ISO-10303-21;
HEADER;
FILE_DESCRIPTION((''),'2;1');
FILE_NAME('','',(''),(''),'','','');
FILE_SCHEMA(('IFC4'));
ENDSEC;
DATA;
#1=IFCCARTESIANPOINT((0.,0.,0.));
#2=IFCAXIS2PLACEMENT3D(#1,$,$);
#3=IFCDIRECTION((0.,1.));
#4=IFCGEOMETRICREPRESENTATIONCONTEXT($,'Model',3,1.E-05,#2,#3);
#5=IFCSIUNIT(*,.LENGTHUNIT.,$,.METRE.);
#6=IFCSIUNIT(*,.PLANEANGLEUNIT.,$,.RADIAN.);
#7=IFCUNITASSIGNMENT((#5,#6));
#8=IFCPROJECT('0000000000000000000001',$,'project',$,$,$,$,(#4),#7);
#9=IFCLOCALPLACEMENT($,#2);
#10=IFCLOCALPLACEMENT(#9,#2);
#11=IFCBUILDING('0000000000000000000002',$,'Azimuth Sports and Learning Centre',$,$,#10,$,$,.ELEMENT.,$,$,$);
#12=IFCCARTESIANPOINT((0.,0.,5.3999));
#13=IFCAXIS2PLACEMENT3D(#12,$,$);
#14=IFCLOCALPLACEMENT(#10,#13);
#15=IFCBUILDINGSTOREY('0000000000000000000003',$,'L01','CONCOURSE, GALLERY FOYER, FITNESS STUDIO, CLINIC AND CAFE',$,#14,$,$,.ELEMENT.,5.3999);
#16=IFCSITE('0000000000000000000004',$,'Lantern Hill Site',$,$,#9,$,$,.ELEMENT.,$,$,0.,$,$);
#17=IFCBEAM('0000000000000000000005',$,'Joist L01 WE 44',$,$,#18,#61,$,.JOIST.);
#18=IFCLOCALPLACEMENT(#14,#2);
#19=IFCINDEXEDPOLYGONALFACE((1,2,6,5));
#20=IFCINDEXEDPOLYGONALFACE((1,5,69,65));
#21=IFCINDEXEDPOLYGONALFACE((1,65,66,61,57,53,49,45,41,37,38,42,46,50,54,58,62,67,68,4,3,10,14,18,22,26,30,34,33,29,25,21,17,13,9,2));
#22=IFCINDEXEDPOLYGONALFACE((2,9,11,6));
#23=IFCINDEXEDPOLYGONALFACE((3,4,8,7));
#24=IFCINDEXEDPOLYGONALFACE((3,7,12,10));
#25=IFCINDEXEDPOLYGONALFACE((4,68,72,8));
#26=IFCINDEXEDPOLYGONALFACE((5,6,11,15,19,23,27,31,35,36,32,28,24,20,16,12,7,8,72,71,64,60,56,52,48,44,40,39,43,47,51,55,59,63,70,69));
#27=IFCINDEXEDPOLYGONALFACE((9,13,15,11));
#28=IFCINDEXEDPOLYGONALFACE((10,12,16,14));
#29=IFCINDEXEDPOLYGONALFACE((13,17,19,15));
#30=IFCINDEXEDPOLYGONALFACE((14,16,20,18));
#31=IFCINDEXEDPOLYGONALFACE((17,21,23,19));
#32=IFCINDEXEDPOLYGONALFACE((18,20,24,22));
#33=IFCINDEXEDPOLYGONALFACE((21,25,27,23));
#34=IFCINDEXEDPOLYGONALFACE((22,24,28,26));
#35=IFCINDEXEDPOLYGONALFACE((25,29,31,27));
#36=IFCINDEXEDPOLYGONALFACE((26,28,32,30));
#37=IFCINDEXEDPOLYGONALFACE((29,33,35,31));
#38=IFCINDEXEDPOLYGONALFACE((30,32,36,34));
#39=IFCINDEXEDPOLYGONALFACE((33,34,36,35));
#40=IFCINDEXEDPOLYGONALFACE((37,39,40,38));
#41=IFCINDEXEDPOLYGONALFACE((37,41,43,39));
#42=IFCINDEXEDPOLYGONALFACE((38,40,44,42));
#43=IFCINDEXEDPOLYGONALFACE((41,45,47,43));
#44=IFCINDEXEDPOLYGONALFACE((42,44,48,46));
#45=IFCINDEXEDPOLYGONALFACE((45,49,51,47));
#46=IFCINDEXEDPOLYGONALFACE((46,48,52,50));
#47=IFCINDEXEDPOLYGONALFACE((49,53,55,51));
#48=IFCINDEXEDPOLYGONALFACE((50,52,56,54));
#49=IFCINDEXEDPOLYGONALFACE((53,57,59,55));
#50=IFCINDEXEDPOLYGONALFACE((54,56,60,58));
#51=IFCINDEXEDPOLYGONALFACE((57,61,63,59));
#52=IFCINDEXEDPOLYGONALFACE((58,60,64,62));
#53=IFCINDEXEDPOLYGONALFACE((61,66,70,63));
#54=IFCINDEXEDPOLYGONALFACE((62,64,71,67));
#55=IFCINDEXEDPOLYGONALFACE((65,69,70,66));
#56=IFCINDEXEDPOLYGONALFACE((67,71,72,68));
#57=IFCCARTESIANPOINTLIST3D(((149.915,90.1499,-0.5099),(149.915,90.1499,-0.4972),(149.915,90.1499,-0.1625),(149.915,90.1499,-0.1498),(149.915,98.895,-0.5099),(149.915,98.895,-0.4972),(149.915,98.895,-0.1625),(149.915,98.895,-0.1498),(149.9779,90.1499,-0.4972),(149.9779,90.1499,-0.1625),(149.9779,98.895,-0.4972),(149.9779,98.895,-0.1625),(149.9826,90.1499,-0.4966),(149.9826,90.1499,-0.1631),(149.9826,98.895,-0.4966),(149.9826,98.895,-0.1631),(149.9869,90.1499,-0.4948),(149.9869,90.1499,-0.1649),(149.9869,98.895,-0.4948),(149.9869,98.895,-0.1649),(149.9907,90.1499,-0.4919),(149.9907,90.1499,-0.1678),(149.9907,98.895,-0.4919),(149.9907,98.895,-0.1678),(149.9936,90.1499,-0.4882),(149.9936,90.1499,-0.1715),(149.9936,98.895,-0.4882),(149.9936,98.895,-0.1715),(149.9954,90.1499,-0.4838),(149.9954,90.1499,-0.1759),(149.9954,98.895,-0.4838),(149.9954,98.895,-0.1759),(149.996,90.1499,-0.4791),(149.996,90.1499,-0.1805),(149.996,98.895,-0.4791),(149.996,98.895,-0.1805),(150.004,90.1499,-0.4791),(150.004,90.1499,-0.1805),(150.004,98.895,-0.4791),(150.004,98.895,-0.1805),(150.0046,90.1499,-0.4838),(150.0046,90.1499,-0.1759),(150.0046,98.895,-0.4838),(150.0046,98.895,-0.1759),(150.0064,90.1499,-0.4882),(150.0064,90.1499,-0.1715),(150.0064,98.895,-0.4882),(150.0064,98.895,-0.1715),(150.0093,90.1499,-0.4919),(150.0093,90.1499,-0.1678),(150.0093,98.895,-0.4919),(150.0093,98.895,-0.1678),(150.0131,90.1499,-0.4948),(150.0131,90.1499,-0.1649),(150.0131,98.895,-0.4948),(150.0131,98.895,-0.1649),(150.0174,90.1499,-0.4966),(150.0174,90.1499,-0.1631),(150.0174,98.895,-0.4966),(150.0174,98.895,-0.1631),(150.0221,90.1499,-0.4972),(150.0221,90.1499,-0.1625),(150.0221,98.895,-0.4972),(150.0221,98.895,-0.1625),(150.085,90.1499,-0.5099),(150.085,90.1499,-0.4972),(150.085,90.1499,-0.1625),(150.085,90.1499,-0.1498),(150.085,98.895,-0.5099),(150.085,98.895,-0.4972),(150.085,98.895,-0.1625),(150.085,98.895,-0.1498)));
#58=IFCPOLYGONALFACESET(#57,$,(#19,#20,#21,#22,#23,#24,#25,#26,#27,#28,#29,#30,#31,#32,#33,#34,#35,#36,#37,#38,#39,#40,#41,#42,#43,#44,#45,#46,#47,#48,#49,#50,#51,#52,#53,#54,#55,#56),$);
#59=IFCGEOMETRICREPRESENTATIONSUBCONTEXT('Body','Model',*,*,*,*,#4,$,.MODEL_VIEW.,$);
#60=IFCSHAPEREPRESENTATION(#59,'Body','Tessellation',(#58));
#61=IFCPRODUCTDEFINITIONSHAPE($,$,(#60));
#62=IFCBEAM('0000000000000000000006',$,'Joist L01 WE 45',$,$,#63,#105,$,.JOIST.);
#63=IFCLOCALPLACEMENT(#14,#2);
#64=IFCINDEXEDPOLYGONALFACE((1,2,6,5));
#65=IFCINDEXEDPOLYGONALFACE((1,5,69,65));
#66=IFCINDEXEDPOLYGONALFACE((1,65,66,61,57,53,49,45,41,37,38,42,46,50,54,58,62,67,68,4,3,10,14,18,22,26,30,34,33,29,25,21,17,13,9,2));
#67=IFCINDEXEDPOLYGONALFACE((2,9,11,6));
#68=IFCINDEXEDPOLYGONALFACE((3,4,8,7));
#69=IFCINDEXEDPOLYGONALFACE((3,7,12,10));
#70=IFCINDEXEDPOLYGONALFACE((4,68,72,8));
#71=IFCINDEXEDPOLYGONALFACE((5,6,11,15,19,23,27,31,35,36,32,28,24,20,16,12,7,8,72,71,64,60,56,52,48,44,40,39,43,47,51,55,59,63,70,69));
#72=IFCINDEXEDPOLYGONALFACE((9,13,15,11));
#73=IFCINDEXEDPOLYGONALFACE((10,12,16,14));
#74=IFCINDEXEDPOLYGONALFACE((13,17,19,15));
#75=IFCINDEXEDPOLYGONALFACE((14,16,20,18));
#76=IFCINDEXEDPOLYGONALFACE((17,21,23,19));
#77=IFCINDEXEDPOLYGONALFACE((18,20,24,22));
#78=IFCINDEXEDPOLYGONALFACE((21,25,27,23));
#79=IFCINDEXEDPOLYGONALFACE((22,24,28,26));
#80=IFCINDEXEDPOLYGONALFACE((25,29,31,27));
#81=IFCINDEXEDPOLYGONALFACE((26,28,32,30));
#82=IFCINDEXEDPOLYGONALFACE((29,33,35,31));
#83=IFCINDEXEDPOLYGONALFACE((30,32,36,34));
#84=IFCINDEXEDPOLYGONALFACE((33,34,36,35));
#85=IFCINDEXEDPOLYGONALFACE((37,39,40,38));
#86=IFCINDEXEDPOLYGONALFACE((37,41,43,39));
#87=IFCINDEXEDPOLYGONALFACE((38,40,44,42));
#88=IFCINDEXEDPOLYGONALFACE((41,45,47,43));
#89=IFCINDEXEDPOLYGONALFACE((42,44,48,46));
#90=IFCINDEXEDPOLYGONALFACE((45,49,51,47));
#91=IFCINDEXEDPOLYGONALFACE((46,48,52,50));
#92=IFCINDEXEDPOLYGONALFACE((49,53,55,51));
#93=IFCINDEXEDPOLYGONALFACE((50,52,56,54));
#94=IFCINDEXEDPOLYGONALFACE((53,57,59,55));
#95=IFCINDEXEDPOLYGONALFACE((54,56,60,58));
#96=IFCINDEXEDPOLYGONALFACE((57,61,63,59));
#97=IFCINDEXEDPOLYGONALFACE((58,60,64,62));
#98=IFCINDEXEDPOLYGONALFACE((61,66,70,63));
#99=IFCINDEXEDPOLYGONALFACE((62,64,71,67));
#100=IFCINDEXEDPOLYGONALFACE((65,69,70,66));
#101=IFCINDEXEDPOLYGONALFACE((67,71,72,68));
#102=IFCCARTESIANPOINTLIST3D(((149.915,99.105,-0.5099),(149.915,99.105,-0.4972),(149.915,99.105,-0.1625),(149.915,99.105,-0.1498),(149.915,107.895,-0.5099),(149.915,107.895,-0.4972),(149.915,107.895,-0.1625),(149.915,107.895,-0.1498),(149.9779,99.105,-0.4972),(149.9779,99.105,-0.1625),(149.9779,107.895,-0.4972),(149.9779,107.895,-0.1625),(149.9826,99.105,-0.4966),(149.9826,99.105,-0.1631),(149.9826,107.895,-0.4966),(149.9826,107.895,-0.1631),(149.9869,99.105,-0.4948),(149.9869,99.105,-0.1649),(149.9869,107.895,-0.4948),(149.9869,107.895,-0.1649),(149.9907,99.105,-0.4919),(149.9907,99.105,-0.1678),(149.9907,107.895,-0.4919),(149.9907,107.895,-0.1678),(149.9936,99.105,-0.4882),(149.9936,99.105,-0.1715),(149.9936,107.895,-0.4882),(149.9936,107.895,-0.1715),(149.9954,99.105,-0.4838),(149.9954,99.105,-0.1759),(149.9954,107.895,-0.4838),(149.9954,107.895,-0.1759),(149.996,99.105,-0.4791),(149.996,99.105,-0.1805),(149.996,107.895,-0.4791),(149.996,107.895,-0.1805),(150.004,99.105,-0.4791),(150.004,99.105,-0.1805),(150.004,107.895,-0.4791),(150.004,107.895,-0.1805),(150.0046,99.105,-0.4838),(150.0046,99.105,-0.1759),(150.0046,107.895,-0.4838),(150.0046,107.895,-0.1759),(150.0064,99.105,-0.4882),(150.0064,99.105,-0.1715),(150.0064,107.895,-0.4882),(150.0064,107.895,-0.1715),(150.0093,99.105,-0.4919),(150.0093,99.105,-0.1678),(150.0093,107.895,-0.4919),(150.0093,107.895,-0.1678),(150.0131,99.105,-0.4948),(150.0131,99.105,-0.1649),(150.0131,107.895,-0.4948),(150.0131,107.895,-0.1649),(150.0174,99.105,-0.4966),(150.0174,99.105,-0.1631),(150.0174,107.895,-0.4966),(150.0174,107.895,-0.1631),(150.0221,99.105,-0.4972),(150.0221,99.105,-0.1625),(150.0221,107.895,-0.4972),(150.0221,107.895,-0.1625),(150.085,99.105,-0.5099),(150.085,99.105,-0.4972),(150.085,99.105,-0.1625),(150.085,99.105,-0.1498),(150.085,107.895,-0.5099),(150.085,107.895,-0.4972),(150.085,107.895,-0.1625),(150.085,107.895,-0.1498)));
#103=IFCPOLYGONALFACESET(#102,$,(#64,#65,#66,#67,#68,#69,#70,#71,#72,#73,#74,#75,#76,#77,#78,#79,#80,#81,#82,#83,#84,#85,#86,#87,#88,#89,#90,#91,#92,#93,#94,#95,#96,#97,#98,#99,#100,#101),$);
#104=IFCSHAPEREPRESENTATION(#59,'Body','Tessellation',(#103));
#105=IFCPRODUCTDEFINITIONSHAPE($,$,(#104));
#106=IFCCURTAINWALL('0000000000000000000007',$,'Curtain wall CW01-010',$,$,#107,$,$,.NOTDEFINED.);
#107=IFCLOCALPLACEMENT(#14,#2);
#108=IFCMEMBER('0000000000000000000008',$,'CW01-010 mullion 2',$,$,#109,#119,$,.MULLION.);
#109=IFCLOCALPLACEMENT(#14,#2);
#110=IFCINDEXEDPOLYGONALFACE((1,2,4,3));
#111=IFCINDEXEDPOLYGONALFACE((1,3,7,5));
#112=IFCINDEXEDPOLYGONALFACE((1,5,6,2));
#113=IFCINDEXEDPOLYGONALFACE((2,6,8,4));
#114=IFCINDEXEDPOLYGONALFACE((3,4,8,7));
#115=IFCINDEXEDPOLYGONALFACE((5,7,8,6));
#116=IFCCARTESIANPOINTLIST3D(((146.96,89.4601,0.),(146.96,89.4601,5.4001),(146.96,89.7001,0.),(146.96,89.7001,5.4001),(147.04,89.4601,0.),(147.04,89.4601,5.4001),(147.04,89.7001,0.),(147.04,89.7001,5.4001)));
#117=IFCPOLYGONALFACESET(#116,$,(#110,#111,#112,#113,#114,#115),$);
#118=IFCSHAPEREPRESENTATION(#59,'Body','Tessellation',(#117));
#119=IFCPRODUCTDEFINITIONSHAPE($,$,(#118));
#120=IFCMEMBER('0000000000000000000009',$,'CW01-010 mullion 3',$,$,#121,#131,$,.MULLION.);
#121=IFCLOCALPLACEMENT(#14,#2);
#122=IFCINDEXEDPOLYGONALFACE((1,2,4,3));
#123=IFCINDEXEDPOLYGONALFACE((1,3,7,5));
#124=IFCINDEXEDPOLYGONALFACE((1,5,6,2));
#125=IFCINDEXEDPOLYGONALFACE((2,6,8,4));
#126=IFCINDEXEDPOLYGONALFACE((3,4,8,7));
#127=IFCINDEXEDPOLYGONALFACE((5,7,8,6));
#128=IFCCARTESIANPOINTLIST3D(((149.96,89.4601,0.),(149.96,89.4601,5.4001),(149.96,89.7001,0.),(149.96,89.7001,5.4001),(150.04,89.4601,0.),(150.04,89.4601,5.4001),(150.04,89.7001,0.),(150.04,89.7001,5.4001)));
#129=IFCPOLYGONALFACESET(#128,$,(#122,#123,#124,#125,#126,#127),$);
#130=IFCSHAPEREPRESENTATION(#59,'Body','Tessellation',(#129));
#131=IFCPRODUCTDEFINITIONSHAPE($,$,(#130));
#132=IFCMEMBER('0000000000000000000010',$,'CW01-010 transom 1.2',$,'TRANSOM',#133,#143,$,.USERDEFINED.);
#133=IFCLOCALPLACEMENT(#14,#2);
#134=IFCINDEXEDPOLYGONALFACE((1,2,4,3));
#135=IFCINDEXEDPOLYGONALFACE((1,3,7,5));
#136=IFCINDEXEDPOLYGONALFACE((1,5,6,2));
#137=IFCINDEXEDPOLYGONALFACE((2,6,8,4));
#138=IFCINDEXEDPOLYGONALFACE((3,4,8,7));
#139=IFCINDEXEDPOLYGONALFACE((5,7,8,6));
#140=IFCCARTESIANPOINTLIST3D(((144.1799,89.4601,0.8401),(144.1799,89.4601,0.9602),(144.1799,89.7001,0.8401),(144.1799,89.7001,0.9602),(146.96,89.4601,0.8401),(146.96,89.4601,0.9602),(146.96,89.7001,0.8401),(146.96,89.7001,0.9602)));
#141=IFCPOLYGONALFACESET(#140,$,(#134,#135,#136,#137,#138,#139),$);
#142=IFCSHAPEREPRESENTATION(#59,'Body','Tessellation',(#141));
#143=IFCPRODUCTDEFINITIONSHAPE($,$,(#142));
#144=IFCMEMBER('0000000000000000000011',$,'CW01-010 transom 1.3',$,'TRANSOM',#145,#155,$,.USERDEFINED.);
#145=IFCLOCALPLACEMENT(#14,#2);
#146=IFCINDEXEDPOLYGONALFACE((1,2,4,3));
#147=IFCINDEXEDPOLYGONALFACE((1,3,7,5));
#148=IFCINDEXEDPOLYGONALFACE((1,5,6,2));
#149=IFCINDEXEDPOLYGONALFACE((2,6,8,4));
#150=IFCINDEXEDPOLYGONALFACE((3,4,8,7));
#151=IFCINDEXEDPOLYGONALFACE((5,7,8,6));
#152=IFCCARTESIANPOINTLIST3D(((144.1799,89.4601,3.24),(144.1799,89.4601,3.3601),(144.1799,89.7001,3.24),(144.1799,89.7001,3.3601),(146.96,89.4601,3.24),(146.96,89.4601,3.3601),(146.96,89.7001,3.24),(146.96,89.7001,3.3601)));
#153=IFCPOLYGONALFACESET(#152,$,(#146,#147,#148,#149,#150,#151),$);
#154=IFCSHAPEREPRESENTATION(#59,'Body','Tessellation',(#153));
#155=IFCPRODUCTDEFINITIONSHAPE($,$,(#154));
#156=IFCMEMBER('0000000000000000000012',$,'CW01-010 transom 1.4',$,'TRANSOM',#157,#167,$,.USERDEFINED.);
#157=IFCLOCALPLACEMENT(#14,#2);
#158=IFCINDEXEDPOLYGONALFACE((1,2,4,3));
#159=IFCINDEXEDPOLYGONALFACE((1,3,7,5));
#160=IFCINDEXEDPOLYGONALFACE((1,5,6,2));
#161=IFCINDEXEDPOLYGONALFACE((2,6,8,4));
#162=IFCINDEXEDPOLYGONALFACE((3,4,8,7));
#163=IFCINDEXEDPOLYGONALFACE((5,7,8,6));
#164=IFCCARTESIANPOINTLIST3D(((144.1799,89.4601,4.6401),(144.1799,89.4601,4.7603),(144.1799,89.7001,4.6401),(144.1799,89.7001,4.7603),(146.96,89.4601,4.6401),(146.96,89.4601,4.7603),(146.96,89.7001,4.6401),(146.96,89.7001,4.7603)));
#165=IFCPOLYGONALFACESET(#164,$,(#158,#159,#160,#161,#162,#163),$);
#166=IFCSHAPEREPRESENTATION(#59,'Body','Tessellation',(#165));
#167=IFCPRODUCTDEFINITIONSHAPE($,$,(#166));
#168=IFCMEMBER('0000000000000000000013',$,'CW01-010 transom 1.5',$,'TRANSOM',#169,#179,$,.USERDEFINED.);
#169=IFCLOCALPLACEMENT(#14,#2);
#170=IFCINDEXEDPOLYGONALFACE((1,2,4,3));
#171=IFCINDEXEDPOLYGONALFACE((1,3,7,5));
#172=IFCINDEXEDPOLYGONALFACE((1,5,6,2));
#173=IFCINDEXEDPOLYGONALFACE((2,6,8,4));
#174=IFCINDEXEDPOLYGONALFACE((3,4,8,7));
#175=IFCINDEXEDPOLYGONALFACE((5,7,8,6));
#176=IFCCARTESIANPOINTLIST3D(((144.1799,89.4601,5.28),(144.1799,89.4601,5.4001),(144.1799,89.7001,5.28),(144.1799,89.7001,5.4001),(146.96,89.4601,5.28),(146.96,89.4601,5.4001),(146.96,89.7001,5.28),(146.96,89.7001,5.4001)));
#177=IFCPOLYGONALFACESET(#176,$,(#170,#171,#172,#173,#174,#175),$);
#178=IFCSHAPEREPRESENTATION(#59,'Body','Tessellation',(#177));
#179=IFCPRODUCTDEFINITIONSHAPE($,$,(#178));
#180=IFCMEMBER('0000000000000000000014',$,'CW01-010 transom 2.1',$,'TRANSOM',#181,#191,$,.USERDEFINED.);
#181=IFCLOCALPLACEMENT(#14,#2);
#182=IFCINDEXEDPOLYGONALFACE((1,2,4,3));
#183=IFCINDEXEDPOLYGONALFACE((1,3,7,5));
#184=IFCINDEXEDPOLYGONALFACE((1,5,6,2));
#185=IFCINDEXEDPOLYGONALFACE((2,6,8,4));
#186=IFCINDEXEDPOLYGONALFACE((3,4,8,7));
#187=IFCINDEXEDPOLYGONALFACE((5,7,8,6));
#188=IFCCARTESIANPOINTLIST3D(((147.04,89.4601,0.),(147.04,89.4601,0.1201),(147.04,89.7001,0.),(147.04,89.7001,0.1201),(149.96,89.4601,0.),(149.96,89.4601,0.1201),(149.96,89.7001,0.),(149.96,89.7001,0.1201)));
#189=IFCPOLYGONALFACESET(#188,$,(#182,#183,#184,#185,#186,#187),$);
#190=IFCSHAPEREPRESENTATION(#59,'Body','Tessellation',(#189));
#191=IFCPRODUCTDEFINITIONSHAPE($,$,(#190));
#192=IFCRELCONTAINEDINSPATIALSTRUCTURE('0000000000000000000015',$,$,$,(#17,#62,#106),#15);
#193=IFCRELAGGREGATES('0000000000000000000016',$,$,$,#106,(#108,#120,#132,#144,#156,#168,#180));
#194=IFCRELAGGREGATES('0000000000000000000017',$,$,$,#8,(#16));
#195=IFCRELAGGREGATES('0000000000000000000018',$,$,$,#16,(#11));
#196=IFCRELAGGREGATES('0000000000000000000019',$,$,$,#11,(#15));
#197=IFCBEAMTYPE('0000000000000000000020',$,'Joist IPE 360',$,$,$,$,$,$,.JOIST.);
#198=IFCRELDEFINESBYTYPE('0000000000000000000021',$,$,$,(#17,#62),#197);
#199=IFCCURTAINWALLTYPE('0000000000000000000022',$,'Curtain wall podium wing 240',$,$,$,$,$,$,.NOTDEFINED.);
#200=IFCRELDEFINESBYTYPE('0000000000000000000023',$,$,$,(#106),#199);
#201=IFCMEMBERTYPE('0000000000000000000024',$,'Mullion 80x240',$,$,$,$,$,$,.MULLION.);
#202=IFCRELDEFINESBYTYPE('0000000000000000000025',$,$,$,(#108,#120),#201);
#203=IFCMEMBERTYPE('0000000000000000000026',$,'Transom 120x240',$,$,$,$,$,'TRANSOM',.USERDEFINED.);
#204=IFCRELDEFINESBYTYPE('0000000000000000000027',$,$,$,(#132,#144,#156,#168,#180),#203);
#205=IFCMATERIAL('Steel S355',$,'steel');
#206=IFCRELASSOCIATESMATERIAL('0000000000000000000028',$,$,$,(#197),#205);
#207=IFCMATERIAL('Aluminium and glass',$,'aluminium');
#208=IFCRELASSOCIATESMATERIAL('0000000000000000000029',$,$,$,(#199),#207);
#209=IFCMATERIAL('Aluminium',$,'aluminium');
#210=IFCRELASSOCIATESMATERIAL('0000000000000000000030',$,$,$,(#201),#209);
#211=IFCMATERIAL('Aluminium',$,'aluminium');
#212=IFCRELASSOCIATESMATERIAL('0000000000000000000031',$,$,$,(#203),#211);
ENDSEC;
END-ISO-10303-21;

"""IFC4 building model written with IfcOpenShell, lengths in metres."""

from ifc_helpers import new_model, si_unit, direction, frame, origin, origin_2d, place, context, subcontext, project, spatial, rectangle, i_section, extrude, material, material_profile, profile_set, type_object, element, aggregate, save


model = new_model("IFC4")

# Units and contexts
model_context = context("Model", 3, precision=1e-05, world=origin(), true_north=direction((0.0, 1.0)))
body_context = subcontext(model_context, "Body", "Model", "MODEL_VIEW")
ifc_project = project(units=[si_unit("LENGTHUNIT", "METRE"), si_unit("PLANEANGLEUNIT", "RADIAN")], contexts=[model_context])

# Site, building, storey
site_placement = place(None, origin())
site = spatial("IfcSite", under=ifc_project, at=site_placement, Name="Lantern Hill Site", CompositionType="ELEMENT", RefElevation=0.0)
building_placement = place(site_placement, origin())
building = spatial("IfcBuilding", under=site, at=building_placement, Name="Azimuth Sports and Learning Centre", CompositionType="ELEMENT")
storey_placement = place(building_placement, frame((0.0, 0.0, 5.3999)))
storey = spatial("IfcBuildingStorey", under=building, at=storey_placement, Name="L01", Description="CONCOURSE, GALLERY FOYER, FITNESS STUDIO, CLINIC AND CAFE", CompositionType="ELEMENT", Elevation=5.3999)

# Beams
ifc_material_1 = material(Name="Steel S355", Category="steel")
ifc_material_profile_1 = material_profile(ifc_material_1, i_section(OverallWidth=0.1699, OverallDepth=0.3601, WebThickness=0.0081, FlangeThickness=0.0127, FilletRadius=0.0181, at=origin_2d()), Name="IPE 360")
ifc_profile_set_1 = profile_set([ifc_material_profile_1], Name="Steel S355")
beam_type_1 = type_object("IfcBeamType", Name="Joist IPE 360", PredefinedType="JOIST", material=ifc_profile_set_1)
beam_1_placement = place(storey_placement, frame((150.0, 90.1499, -0.3298), z_axis=(0.0, 1.0, 0.0), x_axis=(-1.0, 0.0, 0.0)))
element("IfcBeam", 1, at=beam_1_placement, inside=storey, type_object=beam_type_1, Name="Joist L01 WE 44", PredefinedType="JOIST", context=body_context, shape_type="SweptSolid", body=[
    extrude(i_section(OverallWidth=0.1699, OverallDepth=0.3601, WebThickness=0.0081, FlangeThickness=0.0127, FilletRadius=0.0181, at=origin_2d()), origin(), (0.0, 0.0, 1.0), 8.7451),
])
beam_2_placement = place(storey_placement, frame((150.0, 99.105, -0.3298), z_axis=(0.0, 1.0, 0.0), x_axis=(-1.0, 0.0, 0.0)))
element("IfcBeam", 2, at=beam_2_placement, inside=storey, type_object=beam_type_1, Name="Joist L01 WE 45", PredefinedType="JOIST", context=body_context, shape_type="SweptSolid", body=[
    extrude(i_section(OverallWidth=0.1699, OverallDepth=0.3601, WebThickness=0.0081, FlangeThickness=0.0127, FilletRadius=0.0181, at=origin_2d()), origin(), (0.0, 0.0, 1.0), 8.79),
])

# Curtain wall, members
ifc_material_2 = material(Name="Aluminium and glass", Category="aluminium")
curtain_wall_type = type_object("IfcCurtainWallType", Name="Curtain wall podium wing 240", PredefinedType="NOTDEFINED", material=ifc_material_2)
curtain_wall_placement = place(storey_placement, origin())
curtain_wall = element("IfcCurtainWall", 3, at=curtain_wall_placement, inside=storey, type_object=curtain_wall_type, Name="Curtain wall CW01-010", PredefinedType="NOTDEFINED")
ifc_material_3 = material(Name="Aluminium", Category="aluminium")
ifc_material_profile_2 = material_profile(ifc_material_3, rectangle(XDim=0.24, YDim=0.0801, at=origin_2d()), Name="Mullion 80x240")
ifc_profile_set_2 = profile_set([ifc_material_profile_2], Name="Aluminium")
member_type_1 = type_object("IfcMemberType", Name="Mullion 80x240", PredefinedType="MULLION", material=ifc_profile_set_2)
member_1_placement = place(storey_placement, frame((147.0, 89.5801, 0.0), z_axis=(0.0, 0.0, 1.0), x_axis=(0.0, 1.0, 0.0)))
member_1 = element("IfcMember", 4, at=member_1_placement, type_object=member_type_1, Name="CW01-010 mullion 2", PredefinedType="MULLION", context=body_context, shape_type="SweptSolid", body=[
    extrude(rectangle(XDim=0.24, YDim=0.0801, at=origin_2d()), origin(), (0.0, 0.0, 1.0), 5.4001),
])
member_2_placement = place(storey_placement, frame((150.0, 89.5801, 0.0), z_axis=(0.0, 0.0, 1.0), x_axis=(0.0, 1.0, 0.0)))
member_2 = element("IfcMember", 5, at=member_2_placement, type_object=member_type_1, Name="CW01-010 mullion 3", PredefinedType="MULLION", context=body_context, shape_type="SweptSolid", body=[
    extrude(rectangle(XDim=0.24, YDim=0.0801, at=origin_2d()), origin(), (0.0, 0.0, 1.0), 5.4001),
])
ifc_material_4 = material(Name="Aluminium", Category="aluminium")
ifc_material_profile_3 = material_profile(ifc_material_4, rectangle(XDim=0.24, YDim=0.1201, at=origin_2d()), Name="Transom 120x240")
ifc_profile_set_3 = profile_set([ifc_material_profile_3], Name="Aluminium")
member_type_2 = type_object("IfcMemberType", Name="Transom 120x240", ElementType="TRANSOM", PredefinedType="USERDEFINED", material=ifc_profile_set_3)
member_3_placement = place(storey_placement, frame((144.1799, 89.5801, 0.9001), z_axis=(1.0, 0.0, 0.0), x_axis=(0.0, 1.0, 0.0)))
member_3 = element("IfcMember", 6, at=member_3_placement, type_object=member_type_2, Name="CW01-010 transom 1.2", ObjectType="TRANSOM", PredefinedType="USERDEFINED", context=body_context, shape_type="SweptSolid", body=[
    extrude(rectangle(XDim=0.24, YDim=0.1201, at=origin_2d()), origin(), (0.0, 0.0, 1.0), 2.78),
])
member_4_placement = place(storey_placement, frame((144.1799, 89.5801, 3.3), z_axis=(1.0, 0.0, 0.0), x_axis=(0.0, 1.0, 0.0)))
member_4 = element("IfcMember", 7, at=member_4_placement, type_object=member_type_2, Name="CW01-010 transom 1.3", ObjectType="TRANSOM", PredefinedType="USERDEFINED", context=body_context, shape_type="SweptSolid", body=[
    extrude(rectangle(XDim=0.24, YDim=0.1201, at=origin_2d()), origin(), (0.0, 0.0, 1.0), 2.78),
])
member_5_placement = place(storey_placement, frame((144.1799, 89.5801, 4.7002), z_axis=(1.0, 0.0, 0.0), x_axis=(0.0, 1.0, 0.0)))
member_5 = element("IfcMember", 8, at=member_5_placement, type_object=member_type_2, Name="CW01-010 transom 1.4", ObjectType="TRANSOM", PredefinedType="USERDEFINED", context=body_context, shape_type="SweptSolid", body=[
    extrude(rectangle(XDim=0.24, YDim=0.1201, at=origin_2d()), origin(), (0.0, 0.0, 1.0), 2.78),
])
member_6_placement = place(storey_placement, frame((144.1799, 89.5801, 5.3401), z_axis=(1.0, 0.0, 0.0), x_axis=(0.0, 1.0, 0.0)))
member_6 = element("IfcMember", 9, at=member_6_placement, type_object=member_type_2, Name="CW01-010 transom 1.5", ObjectType="TRANSOM", PredefinedType="USERDEFINED", context=body_context, shape_type="SweptSolid", body=[
    extrude(rectangle(XDim=0.24, YDim=0.1201, at=origin_2d()), origin(), (0.0, 0.0, 1.0), 2.78),
])
member_7_placement = place(storey_placement, frame((147.04, 89.5801, 0.0601), z_axis=(1.0, 0.0, 0.0), x_axis=(0.0, 1.0, 0.0)))
member_7 = element("IfcMember", 10, at=member_7_placement, type_object=member_type_2, Name="CW01-010 transom 2.1", ObjectType="TRANSOM", PredefinedType="USERDEFINED", context=body_context, shape_type="SweptSolid", body=[
    extrude(rectangle(XDim=0.24, YDim=0.1201, at=origin_2d()), origin(), (0.0, 0.0, 1.0), 2.9199),
])
aggregate(curtain_wall, [member_1, member_2, member_3, member_4, member_5, member_6, member_7])

save(model, "model.ifc")
